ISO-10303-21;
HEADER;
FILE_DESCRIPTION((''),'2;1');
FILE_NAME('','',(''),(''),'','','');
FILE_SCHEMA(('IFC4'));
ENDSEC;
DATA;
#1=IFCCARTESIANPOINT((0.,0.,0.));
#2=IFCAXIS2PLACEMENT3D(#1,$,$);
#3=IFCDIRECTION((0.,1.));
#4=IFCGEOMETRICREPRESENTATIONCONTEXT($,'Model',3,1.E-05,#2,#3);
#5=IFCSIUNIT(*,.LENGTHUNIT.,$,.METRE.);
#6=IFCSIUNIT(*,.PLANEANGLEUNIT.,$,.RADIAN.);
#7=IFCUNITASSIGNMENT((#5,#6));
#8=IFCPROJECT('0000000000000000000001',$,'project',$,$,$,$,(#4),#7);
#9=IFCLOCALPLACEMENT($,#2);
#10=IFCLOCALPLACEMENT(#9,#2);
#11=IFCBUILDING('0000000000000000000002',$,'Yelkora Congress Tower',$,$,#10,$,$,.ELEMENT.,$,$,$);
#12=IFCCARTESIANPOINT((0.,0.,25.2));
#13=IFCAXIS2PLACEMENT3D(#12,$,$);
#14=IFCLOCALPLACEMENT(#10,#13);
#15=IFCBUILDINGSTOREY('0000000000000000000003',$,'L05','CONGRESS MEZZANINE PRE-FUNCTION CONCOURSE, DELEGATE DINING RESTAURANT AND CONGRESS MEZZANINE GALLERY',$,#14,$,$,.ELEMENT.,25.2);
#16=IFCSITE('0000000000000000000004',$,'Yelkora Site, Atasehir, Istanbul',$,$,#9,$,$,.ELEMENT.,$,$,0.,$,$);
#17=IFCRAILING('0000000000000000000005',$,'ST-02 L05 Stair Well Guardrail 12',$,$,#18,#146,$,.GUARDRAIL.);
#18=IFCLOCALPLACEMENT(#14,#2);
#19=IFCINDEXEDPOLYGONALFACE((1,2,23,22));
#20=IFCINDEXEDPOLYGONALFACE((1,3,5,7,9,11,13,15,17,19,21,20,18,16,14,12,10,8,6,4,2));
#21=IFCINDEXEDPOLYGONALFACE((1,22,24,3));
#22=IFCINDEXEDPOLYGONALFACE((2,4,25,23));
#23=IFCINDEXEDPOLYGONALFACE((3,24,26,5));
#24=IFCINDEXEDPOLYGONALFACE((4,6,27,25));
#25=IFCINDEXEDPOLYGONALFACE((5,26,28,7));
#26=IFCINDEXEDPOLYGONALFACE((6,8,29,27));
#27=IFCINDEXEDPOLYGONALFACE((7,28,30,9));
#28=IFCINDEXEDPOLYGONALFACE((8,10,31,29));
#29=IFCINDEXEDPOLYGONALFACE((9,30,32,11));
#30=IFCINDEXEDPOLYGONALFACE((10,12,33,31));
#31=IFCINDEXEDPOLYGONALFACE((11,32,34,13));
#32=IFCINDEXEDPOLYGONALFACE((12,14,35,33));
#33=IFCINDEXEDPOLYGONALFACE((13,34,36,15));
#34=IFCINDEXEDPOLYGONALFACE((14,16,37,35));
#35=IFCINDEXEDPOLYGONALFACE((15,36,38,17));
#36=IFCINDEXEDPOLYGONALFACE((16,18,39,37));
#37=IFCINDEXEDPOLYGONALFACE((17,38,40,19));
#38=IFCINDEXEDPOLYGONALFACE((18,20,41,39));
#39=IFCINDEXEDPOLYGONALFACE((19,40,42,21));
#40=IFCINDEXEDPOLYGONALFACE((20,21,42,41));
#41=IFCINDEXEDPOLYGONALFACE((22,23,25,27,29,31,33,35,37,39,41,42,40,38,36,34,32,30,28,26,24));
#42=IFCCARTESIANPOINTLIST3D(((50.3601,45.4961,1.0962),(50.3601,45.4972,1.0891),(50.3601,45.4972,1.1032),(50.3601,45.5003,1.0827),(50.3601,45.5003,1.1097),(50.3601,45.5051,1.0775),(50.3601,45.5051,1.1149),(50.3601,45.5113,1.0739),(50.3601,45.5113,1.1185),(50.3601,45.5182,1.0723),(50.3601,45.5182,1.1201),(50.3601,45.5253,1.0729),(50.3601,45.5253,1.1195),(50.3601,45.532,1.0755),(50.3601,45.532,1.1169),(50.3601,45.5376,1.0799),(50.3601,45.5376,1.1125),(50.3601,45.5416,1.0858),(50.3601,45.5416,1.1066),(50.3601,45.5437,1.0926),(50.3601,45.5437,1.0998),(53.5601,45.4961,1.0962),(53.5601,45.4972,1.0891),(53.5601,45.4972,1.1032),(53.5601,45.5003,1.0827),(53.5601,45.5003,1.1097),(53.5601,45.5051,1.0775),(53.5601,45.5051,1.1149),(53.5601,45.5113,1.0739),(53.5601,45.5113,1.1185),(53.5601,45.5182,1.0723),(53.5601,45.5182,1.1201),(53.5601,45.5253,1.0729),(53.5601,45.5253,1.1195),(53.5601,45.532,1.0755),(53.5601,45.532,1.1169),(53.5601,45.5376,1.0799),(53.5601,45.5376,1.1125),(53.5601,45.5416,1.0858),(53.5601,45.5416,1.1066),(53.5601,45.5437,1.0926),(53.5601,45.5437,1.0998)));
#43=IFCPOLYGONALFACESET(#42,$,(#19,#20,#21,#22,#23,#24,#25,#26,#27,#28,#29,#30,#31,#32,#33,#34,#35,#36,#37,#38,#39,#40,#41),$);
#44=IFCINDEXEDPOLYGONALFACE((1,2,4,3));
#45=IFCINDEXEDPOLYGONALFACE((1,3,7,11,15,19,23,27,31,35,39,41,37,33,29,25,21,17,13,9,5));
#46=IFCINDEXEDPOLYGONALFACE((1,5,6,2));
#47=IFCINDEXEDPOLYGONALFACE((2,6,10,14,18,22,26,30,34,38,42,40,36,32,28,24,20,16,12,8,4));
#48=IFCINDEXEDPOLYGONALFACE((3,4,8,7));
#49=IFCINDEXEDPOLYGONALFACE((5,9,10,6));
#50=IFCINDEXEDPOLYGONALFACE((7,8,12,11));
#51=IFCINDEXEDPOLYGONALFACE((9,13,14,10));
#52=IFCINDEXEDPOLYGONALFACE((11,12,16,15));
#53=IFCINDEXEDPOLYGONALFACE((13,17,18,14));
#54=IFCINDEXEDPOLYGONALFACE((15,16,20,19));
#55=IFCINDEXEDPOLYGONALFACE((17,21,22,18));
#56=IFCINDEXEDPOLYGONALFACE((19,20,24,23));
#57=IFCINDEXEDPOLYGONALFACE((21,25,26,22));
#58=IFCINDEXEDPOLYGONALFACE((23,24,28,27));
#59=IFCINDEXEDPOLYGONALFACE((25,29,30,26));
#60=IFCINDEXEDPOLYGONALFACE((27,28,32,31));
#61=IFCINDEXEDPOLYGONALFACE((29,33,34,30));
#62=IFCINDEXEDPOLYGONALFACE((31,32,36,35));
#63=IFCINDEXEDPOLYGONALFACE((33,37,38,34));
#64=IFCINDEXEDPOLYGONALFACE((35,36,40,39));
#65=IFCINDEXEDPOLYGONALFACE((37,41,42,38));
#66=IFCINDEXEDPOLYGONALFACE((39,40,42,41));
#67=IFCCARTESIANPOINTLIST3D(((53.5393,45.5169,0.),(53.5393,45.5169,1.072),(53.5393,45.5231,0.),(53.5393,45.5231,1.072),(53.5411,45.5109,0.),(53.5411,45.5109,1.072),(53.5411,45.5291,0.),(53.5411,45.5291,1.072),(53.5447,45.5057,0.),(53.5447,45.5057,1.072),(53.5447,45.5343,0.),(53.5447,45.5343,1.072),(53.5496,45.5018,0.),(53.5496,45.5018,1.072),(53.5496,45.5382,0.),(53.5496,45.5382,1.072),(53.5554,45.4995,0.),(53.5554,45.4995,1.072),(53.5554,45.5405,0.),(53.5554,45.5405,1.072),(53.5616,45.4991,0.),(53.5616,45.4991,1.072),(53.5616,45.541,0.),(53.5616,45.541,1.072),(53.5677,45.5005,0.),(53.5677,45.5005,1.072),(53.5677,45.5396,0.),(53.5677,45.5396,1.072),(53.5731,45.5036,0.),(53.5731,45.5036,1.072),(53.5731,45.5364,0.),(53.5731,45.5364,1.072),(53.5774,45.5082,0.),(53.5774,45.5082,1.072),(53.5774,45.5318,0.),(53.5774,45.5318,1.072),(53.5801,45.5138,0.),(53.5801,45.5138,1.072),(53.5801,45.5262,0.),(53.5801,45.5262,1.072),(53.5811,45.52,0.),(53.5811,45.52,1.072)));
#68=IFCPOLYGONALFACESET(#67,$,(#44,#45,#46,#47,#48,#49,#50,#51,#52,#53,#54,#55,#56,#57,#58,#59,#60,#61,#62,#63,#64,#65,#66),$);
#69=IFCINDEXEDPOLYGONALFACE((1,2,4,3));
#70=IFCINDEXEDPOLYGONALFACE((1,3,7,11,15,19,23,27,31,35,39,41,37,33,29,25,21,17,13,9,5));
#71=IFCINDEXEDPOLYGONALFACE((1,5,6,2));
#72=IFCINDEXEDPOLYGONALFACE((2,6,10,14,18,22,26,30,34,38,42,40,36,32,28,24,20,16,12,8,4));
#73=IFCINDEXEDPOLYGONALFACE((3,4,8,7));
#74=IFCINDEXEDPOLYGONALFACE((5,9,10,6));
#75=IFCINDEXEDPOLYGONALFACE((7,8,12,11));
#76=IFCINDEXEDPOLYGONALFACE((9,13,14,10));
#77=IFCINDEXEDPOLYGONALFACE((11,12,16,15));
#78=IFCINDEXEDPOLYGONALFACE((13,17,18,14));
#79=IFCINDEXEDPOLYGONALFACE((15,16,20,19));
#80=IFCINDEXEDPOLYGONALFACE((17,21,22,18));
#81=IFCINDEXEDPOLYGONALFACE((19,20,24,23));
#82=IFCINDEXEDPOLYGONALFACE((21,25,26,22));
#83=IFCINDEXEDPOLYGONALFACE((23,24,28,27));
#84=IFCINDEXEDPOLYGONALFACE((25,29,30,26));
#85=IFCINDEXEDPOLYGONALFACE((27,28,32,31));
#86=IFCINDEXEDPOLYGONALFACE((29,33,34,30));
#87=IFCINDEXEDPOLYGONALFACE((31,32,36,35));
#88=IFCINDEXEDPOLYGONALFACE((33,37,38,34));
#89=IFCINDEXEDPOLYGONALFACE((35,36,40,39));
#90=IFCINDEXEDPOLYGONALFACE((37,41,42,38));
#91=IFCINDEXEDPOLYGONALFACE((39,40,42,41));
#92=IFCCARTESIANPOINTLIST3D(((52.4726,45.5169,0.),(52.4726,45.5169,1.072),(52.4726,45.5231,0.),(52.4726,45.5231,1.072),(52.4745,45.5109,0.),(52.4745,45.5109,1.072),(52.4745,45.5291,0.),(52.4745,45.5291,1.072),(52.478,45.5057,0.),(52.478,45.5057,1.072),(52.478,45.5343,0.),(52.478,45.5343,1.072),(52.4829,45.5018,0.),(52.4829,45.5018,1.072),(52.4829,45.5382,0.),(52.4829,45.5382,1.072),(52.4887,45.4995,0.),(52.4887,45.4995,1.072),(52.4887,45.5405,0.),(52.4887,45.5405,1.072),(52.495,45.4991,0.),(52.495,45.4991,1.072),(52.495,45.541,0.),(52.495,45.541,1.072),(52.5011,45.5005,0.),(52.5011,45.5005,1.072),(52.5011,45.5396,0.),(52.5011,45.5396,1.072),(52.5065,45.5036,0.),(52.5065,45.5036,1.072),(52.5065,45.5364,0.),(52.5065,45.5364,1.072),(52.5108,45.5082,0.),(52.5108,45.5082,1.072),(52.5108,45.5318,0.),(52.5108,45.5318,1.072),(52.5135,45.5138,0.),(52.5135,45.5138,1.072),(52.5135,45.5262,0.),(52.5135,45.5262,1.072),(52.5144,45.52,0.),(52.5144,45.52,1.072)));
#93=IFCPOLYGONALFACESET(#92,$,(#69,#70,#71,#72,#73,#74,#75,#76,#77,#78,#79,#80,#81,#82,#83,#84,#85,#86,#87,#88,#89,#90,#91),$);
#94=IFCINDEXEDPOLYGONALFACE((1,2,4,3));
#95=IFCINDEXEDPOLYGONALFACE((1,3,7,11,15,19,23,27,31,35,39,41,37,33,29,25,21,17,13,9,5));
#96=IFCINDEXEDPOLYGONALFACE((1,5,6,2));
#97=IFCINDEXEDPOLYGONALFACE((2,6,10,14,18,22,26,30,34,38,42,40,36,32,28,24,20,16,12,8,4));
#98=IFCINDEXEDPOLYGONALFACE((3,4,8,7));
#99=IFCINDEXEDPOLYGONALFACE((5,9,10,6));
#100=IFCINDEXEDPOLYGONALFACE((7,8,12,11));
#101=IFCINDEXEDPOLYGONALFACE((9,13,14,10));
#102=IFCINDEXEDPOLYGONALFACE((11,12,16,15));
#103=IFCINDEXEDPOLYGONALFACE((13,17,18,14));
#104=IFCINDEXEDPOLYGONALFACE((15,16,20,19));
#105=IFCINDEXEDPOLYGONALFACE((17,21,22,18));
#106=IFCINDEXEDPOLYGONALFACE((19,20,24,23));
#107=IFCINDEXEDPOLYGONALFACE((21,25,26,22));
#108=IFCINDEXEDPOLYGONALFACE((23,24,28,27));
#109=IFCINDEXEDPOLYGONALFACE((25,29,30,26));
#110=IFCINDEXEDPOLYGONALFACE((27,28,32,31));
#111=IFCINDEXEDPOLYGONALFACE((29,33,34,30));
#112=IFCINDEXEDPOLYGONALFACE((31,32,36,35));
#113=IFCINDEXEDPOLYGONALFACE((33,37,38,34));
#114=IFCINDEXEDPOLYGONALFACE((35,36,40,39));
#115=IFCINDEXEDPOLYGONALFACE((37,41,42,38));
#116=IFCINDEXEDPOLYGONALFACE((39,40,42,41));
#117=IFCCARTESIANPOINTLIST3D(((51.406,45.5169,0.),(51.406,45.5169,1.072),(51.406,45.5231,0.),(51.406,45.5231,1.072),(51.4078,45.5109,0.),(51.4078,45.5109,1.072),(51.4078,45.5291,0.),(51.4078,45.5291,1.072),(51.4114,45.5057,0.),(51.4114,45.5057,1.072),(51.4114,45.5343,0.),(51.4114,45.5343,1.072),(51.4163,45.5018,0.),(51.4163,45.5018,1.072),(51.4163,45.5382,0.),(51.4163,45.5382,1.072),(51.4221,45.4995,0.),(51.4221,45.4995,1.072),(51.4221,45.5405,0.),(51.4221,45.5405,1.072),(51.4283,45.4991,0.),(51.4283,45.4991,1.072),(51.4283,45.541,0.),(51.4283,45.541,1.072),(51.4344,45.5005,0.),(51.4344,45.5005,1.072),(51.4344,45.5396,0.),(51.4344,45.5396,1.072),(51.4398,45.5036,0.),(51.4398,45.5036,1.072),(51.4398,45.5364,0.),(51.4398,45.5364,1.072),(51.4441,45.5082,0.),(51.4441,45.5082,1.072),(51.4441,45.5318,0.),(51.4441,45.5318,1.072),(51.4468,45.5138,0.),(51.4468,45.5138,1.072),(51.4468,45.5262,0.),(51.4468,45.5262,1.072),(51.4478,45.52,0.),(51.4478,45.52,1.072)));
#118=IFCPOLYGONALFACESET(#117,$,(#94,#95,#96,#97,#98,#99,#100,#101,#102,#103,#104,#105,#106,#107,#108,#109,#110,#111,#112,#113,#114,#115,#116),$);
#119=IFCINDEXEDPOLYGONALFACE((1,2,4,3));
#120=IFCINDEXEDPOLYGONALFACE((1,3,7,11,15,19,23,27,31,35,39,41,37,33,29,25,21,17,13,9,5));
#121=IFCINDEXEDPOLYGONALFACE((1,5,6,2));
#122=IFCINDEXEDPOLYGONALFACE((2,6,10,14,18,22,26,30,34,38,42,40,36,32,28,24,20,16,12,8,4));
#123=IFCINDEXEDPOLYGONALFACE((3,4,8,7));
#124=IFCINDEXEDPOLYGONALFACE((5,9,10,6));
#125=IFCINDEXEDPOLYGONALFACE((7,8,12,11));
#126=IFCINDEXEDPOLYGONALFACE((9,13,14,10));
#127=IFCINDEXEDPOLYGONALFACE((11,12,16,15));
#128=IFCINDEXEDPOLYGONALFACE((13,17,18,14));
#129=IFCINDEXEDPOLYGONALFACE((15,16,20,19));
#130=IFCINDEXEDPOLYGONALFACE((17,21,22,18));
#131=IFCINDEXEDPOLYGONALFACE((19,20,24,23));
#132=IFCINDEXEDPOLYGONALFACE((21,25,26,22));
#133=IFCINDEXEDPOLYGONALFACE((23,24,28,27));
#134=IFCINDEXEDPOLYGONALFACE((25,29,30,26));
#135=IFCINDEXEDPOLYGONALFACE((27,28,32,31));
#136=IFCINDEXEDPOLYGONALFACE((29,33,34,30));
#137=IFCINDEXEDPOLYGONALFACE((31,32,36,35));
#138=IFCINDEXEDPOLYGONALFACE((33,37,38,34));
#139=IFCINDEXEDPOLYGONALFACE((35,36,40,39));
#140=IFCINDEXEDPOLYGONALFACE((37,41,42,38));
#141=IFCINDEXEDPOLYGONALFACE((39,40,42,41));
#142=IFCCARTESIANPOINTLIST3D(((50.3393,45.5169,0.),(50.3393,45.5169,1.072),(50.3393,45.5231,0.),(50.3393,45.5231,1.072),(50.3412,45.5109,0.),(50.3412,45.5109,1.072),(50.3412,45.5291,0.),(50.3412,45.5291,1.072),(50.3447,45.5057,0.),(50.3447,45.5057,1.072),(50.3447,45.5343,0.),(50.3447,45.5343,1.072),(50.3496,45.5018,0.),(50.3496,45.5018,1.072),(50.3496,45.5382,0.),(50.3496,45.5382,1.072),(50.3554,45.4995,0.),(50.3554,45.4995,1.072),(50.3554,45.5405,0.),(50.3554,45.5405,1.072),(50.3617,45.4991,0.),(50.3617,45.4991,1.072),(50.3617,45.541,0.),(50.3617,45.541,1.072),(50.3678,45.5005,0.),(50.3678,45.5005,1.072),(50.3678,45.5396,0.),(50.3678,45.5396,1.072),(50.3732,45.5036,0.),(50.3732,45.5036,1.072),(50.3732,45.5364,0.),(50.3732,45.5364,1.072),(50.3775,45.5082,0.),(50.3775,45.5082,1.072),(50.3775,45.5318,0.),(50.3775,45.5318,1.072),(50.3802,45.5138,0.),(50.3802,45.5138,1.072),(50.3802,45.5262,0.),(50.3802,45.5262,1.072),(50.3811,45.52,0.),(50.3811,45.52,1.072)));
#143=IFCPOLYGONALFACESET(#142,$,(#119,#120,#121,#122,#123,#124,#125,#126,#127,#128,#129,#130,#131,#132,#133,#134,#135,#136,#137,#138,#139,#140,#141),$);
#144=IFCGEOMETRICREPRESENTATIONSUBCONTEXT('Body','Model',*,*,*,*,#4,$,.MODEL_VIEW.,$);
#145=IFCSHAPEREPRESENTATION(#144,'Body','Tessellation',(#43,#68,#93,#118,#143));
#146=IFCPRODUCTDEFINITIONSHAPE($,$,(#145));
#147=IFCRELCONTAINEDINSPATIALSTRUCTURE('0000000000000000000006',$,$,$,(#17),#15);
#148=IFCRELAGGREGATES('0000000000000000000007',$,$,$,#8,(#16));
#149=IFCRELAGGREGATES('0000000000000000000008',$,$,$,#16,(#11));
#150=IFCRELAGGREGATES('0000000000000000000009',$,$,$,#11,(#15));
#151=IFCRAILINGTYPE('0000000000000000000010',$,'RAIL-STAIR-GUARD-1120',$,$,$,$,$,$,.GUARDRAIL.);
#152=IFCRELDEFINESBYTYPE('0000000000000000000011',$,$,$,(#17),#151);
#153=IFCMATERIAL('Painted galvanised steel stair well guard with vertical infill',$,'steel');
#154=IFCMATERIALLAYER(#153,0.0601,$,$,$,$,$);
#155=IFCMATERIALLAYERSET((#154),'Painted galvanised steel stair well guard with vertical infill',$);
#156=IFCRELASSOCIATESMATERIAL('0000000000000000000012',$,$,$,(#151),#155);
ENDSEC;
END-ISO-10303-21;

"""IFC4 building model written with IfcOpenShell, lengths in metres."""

from ifc_helpers import new_model, si_unit, direction, frame, origin, origin_2d, place, context, subcontext, project, spatial, circle, extrude, material, layer, layer_set, type_object, element, save


model = new_model("IFC4")

# Units and contexts
model_context = context("Model", 3, precision=1e-05, world=origin(), true_north=direction((0.0, 1.0)))
body_context = subcontext(model_context, "Body", "Model", "MODEL_VIEW")
ifc_project = project(units=[si_unit("LENGTHUNIT", "METRE"), si_unit("PLANEANGLEUNIT", "RADIAN")], contexts=[model_context])

# Site, building, storey
site_placement = place(None, origin())
site = spatial("IfcSite", under=ifc_project, at=site_placement, Name="Yelkora Site, Atasehir, Istanbul", CompositionType="ELEMENT", RefElevation=0.0)
building_placement = place(site_placement, origin())
building = spatial("IfcBuilding", under=site, at=building_placement, Name="Yelkora Congress Tower", CompositionType="ELEMENT")
storey_placement = place(building_placement, frame((0.0, 0.0, 25.2)))
storey = spatial("IfcBuildingStorey", under=building, at=storey_placement, Name="L05", Description="CONGRESS MEZZANINE PRE-FUNCTION CONCOURSE, DELEGATE DINING RESTAURANT AND CONGRESS MEZZANINE GALLERY", CompositionType="ELEMENT", Elevation=25.2)

# Railing
ifc_material_1 = material(Name="Painted galvanised steel stair well guard with vertical infill", Category="steel")
ifc_layer_1 = layer(ifc_material_1, 0.0601)
ifc_layer_set_1 = layer_set([ifc_layer_1], Name="Painted galvanised steel stair well guard with vertical infill")
railing_type = type_object("IfcRailingType", Name="RAIL-STAIR-GUARD-1120", PredefinedType="GUARDRAIL", material=ifc_layer_set_1)
railing_1_placement = place(storey_placement, frame((53.5601, 45.52, 0.0)))
element("IfcRailing", 1, at=railing_1_placement, inside=storey, type_object=railing_type, Name="ST-02 L05 Stair Well Guardrail 12", PredefinedType="GUARDRAIL", context=body_context, shape_type="SweptSolid", body=[
    extrude(circle(Radius=0.0239, at=origin_2d()), frame((0.0, 0.0, 1.0962), z_axis=(-1.0, 0.0, 0.0), x_axis=(0.0, -1.0, 0.0)), (0.0, 0.0, 1.0), 3.2),
    extrude(circle(Radius=0.021, at=origin_2d()), origin(), (0.0, 0.0, 1.0), 1.072),
    extrude(circle(Radius=0.021, at=origin_2d()), frame((-1.0667, 0.0, 0.0)), (0.0, 0.0, 1.0), 1.072),
    extrude(circle(Radius=0.021, at=origin_2d()), frame((-2.1333, 0.0, 0.0)), (0.0, 0.0, 1.0), 1.072),
    extrude(circle(Radius=0.021, at=origin_2d()), frame((-3.2, 0.0, 0.0)), (0.0, 0.0, 1.0), 1.072),
])

save(model, "model.ifc")
